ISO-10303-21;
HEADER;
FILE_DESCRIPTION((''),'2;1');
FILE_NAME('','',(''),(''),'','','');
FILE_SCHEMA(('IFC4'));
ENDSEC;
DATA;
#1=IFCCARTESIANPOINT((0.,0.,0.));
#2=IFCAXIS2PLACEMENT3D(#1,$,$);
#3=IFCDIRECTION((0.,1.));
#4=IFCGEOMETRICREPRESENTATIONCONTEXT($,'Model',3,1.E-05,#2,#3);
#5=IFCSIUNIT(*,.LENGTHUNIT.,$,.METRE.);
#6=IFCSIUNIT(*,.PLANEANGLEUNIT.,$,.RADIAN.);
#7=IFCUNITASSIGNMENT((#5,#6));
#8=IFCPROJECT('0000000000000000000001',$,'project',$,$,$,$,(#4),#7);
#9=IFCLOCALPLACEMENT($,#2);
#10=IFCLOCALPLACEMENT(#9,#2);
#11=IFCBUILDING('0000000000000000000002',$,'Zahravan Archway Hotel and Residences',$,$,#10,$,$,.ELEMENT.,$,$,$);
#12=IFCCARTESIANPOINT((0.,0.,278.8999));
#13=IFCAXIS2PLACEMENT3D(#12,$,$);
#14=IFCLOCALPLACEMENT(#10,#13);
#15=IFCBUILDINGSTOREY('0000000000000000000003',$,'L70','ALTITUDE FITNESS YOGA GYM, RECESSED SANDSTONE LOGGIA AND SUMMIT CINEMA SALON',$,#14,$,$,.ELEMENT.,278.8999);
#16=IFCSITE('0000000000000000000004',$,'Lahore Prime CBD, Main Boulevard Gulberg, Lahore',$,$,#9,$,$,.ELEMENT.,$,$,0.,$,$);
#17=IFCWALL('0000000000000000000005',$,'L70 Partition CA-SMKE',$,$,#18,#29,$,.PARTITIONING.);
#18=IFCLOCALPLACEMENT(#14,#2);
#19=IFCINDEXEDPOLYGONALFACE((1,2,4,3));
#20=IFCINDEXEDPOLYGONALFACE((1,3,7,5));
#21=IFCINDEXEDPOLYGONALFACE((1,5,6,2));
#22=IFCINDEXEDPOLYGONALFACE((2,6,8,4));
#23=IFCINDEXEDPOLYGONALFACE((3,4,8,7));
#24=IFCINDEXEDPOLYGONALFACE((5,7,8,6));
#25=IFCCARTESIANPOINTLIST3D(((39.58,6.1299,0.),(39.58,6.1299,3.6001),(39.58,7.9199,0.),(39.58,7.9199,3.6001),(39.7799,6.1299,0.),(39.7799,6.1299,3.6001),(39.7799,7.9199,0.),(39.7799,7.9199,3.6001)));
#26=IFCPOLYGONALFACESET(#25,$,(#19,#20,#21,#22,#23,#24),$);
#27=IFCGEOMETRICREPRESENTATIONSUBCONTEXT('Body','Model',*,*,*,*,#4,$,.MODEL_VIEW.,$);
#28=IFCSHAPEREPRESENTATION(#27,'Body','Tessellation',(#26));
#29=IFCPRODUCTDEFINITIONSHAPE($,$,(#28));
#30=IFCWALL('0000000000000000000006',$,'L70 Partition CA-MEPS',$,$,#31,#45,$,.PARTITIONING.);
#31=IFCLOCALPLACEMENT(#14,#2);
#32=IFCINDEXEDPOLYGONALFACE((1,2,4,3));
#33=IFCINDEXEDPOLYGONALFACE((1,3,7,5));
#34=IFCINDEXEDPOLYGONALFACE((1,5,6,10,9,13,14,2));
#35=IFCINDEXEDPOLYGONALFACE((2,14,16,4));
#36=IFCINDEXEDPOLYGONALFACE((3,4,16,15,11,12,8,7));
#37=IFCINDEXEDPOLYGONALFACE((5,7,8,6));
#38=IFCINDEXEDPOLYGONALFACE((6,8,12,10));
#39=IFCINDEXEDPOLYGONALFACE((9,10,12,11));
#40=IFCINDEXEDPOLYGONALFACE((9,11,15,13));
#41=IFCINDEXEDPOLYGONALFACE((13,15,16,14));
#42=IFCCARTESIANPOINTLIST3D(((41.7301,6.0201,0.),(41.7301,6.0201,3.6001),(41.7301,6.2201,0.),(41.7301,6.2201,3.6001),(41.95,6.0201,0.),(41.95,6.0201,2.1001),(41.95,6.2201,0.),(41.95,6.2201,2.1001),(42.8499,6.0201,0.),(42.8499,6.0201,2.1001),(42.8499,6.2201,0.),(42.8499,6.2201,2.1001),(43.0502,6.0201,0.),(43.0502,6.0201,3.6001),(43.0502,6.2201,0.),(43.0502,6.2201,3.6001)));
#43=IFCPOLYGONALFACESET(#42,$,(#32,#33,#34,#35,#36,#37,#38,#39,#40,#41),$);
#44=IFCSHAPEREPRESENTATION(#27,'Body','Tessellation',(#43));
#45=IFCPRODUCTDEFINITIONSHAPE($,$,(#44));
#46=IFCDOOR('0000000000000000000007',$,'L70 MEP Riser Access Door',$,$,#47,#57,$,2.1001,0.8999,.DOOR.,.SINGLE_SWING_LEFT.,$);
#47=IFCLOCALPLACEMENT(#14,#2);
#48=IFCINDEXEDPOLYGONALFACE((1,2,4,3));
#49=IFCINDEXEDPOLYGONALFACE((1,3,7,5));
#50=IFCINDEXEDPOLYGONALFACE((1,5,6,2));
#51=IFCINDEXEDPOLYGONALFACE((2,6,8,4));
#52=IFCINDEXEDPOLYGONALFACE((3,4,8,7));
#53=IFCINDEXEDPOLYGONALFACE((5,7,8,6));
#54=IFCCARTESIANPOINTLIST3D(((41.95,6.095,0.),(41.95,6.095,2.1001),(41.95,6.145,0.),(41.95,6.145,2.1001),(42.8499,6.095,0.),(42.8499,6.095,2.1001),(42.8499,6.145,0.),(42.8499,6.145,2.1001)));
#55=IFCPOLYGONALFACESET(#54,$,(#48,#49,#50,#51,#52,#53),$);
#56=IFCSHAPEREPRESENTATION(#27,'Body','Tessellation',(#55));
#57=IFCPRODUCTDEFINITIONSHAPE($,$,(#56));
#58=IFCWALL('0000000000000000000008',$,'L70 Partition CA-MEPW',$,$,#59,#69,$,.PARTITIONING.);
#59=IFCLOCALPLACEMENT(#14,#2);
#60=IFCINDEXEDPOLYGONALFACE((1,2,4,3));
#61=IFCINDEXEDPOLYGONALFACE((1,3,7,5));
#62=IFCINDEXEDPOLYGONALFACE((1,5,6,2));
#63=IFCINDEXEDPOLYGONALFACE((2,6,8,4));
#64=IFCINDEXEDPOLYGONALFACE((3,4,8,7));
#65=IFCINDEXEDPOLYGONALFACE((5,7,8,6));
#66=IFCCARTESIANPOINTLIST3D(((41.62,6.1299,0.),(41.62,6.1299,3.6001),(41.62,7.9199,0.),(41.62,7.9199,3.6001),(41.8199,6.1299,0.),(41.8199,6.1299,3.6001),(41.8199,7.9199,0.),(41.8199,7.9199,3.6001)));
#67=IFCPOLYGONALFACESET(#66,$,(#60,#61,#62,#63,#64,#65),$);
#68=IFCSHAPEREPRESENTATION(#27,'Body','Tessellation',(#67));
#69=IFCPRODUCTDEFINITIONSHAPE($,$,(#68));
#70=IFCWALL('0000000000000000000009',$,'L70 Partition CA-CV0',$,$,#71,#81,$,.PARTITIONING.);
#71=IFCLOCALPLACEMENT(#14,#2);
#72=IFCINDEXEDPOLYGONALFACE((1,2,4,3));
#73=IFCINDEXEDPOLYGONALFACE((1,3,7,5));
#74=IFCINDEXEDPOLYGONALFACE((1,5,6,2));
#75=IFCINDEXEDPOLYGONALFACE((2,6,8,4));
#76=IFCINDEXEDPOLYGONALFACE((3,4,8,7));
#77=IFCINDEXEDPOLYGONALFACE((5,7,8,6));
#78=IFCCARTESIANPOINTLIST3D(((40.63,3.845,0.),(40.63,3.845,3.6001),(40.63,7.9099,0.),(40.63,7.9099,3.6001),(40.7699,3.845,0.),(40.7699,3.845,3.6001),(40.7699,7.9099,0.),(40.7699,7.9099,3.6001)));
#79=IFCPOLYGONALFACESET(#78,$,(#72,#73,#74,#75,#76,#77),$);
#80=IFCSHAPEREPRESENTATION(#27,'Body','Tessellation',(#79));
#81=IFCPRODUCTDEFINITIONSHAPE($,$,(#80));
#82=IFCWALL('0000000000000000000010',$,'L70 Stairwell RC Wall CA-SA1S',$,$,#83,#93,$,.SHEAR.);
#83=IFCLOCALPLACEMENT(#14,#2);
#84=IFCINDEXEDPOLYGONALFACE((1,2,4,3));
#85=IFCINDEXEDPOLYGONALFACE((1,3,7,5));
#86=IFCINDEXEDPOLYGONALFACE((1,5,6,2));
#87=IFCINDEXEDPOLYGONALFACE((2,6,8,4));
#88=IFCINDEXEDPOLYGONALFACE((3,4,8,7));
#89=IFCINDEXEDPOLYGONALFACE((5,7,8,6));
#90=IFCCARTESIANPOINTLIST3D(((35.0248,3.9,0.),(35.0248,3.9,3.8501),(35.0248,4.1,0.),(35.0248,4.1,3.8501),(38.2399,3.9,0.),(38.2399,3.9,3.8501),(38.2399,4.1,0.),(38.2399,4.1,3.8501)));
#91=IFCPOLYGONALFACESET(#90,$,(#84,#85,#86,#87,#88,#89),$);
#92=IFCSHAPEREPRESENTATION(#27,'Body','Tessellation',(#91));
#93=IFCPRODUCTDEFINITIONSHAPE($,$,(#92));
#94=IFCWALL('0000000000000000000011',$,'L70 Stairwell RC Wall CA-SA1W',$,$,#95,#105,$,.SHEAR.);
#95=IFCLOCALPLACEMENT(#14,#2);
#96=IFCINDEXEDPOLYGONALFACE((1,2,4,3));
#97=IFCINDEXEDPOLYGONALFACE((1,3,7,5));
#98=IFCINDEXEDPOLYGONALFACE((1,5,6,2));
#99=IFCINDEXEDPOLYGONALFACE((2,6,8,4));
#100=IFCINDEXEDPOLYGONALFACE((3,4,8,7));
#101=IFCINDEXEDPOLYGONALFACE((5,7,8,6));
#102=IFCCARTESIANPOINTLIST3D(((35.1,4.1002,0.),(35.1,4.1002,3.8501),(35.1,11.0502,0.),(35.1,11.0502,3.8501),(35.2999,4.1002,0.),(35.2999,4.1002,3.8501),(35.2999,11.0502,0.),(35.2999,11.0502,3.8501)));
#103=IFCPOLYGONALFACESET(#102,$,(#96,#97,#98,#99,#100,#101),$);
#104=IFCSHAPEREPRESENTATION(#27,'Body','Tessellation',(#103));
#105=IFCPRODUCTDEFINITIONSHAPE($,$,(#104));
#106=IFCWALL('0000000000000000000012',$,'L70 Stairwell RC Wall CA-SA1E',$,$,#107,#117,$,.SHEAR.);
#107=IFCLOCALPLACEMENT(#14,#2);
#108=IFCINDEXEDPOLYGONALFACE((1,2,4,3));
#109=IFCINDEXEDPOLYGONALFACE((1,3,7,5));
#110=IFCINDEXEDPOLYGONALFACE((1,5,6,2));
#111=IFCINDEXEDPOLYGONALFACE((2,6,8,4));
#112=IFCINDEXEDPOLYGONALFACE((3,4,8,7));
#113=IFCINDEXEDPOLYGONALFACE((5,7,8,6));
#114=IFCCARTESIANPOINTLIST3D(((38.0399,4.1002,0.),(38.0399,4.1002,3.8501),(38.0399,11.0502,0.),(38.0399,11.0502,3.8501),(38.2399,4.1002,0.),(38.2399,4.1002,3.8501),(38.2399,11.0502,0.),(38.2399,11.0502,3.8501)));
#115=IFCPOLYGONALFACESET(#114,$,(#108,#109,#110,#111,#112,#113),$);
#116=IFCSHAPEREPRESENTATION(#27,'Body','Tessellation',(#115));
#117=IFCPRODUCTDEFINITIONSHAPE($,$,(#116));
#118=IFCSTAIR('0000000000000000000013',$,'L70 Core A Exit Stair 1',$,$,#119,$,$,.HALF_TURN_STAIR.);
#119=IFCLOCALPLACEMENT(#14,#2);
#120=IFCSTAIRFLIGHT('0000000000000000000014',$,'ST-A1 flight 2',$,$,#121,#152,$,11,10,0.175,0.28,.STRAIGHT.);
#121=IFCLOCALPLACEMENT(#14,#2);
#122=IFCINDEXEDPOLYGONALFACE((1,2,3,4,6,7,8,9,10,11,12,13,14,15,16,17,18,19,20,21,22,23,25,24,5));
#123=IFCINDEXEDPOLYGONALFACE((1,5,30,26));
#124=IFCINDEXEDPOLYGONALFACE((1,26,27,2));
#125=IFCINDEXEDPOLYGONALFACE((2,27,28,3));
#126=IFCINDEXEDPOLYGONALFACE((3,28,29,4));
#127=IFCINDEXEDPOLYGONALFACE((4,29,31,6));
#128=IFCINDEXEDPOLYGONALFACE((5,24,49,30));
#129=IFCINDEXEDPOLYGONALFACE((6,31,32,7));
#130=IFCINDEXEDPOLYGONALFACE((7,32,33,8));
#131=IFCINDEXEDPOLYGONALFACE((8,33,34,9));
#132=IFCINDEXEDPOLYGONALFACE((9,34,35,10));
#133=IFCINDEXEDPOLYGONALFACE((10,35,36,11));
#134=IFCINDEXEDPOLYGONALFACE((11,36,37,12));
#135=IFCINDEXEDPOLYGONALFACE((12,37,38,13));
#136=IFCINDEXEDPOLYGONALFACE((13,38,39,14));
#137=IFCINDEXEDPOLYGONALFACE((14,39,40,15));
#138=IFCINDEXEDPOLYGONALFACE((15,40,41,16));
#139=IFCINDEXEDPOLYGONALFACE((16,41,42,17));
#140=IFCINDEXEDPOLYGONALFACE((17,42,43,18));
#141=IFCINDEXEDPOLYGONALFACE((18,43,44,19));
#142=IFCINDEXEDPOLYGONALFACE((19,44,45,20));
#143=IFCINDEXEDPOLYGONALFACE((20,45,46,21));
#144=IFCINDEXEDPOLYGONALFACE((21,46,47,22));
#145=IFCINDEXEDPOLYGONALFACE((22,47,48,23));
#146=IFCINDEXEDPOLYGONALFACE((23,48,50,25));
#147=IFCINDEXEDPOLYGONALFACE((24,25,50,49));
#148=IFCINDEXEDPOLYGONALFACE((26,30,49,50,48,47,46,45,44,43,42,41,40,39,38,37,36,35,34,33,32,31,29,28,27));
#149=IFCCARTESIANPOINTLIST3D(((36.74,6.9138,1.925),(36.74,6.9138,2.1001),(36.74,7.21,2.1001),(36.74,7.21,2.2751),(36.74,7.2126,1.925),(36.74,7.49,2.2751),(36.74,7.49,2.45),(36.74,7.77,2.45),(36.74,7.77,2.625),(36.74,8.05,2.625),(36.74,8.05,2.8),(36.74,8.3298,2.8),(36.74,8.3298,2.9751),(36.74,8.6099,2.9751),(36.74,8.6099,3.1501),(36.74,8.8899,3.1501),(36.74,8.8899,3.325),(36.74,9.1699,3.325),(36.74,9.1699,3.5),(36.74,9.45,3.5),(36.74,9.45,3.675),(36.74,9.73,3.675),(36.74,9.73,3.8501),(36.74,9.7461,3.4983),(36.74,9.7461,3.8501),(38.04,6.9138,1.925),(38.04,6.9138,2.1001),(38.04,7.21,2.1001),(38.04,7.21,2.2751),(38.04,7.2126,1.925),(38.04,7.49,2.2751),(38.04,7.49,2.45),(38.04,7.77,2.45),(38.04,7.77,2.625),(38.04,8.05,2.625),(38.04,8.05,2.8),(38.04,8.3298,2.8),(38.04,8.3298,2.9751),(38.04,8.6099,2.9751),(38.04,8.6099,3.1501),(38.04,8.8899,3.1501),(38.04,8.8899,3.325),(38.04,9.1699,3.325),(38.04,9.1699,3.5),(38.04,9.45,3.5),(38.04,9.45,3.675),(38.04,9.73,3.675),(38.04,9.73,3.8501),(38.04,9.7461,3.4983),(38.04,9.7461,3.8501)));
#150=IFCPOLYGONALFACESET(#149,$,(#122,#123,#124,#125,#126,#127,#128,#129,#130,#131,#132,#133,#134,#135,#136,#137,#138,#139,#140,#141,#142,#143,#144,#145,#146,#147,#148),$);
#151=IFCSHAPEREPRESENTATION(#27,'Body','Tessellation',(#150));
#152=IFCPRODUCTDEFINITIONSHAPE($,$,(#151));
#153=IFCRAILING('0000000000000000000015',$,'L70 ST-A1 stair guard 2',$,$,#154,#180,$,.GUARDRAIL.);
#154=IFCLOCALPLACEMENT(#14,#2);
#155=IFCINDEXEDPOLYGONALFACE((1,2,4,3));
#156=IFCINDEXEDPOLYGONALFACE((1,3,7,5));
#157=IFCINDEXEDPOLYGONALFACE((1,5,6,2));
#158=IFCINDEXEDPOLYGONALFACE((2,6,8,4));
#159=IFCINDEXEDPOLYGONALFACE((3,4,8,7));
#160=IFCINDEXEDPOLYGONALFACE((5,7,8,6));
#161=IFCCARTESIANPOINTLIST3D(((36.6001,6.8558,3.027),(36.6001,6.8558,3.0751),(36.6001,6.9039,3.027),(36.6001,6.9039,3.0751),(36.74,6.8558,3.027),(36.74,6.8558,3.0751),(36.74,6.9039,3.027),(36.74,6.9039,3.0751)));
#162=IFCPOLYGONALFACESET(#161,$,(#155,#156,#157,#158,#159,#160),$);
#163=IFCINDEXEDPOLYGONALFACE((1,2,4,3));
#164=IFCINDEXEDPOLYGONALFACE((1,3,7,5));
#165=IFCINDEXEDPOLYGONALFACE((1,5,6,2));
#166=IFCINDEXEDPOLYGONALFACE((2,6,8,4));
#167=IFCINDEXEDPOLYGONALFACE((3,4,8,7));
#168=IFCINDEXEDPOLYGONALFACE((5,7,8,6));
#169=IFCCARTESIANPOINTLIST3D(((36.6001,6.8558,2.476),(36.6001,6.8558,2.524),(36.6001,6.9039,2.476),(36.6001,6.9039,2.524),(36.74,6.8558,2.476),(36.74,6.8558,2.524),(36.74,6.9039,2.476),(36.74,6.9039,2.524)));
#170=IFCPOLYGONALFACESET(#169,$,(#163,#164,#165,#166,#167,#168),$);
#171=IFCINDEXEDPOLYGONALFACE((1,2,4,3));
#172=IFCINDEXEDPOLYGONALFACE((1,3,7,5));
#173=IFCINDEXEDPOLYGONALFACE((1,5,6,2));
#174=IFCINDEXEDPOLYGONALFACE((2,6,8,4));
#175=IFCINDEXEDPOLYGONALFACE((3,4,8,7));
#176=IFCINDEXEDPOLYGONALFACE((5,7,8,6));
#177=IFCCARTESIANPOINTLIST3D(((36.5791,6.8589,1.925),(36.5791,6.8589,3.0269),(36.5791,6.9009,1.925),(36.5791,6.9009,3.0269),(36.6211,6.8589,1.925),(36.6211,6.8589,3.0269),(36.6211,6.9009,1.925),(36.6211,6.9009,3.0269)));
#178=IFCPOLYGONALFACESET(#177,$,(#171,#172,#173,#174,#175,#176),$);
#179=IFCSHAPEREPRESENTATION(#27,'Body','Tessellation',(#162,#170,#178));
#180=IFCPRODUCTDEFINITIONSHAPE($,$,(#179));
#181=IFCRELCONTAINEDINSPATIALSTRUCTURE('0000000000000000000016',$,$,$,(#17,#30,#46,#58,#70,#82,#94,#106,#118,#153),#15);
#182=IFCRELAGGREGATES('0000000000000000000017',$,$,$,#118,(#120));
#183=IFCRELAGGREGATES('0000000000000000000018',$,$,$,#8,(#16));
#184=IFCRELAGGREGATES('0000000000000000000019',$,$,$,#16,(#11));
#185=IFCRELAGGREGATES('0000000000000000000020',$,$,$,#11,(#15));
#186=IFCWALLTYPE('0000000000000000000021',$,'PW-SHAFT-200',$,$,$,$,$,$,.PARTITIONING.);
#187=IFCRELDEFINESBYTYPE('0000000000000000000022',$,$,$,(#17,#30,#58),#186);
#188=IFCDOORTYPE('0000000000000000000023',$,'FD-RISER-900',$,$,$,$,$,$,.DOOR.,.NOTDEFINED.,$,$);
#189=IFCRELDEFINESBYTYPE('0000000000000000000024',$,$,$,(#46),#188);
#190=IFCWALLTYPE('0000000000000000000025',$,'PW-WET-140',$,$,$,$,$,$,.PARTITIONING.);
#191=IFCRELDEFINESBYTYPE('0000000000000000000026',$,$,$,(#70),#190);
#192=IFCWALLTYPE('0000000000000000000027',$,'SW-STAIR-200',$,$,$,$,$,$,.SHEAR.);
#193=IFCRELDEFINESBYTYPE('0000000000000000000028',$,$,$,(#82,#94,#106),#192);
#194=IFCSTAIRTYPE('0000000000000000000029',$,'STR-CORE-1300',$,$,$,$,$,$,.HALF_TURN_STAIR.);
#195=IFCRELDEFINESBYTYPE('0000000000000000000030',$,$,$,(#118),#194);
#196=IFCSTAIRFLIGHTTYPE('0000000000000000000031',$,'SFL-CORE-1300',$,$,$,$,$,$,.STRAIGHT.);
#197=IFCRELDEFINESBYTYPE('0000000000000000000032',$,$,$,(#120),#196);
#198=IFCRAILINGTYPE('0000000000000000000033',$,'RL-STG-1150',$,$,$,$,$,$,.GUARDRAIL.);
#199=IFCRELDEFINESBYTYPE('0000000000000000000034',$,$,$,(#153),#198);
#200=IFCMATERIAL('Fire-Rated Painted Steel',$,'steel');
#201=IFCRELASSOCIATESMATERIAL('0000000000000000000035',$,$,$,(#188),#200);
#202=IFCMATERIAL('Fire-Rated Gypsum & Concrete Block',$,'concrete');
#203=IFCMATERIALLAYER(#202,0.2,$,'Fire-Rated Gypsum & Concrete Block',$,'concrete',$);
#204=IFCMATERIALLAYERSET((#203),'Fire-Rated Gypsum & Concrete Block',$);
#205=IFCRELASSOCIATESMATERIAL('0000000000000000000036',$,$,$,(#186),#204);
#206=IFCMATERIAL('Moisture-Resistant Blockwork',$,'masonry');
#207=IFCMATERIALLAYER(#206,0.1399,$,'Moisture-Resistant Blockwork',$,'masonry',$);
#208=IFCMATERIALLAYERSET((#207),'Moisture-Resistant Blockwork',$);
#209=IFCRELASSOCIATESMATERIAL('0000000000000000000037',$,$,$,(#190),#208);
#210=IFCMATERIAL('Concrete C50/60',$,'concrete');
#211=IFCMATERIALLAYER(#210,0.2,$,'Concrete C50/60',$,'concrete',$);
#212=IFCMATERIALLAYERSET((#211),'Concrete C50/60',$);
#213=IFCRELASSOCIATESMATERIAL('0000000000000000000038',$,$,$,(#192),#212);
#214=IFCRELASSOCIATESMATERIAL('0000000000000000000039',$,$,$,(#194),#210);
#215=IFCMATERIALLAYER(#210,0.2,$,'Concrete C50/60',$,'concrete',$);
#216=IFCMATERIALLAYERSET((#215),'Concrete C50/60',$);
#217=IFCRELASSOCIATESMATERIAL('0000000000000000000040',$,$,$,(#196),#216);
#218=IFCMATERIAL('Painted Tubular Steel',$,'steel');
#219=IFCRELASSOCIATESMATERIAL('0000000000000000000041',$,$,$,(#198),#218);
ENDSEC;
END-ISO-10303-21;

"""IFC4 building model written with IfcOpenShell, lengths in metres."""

from ifc_helpers import new_model, si_unit, direction, frame, frame_2d, origin, origin_2d, place, context, subcontext, project, spatial, polyline, rectangle, outline, extrude, source, transform, mapped, material, layer, layer_set, type_object, type_shapes, element, fill, aggregate, save


model = new_model("IFC4")

# Units and contexts
model_context = context("Model", 3, precision=1e-05, world=origin(), true_north=direction((0.0, 1.0)))
body_context = subcontext(model_context, "Body", "Model", "MODEL_VIEW")
ifc_project = project(units=[si_unit("LENGTHUNIT", "METRE"), si_unit("PLANEANGLEUNIT", "RADIAN")], contexts=[model_context])

# Site, building, storey
site_placement = place(None, origin())
site = spatial("IfcSite", under=ifc_project, at=site_placement, Name="Lahore Prime CBD, Main Boulevard Gulberg, Lahore", CompositionType="ELEMENT", RefElevation=0.0)
building_placement = place(site_placement, origin())
building = spatial("IfcBuilding", under=site, at=building_placement, Name="Zahravan Archway Hotel and Residences", CompositionType="ELEMENT")
storey_placement = place(building_placement, frame((0.0, 0.0, 278.8999)))
storey = spatial("IfcBuildingStorey", under=building, at=storey_placement, Name="L70", Description="ALTITUDE FITNESS YOGA GYM, RECESSED SANDSTONE LOGGIA AND SUMMIT CINEMA SALON", CompositionType="ELEMENT", Elevation=278.8999)

# Shared definitions
ifc_material_1 = material(Name="Concrete C50/60", Category="concrete")

# Shared definitions
ifc_material_2 = material(Name="Fire-Rated Painted Steel", Category="steel")
door_type = type_object("IfcDoorType", Name="FD-RISER-900", OperationType="NOTDEFINED", PredefinedType="DOOR", material=ifc_material_2)
shared_shape_1 = source(origin(), body_context, "Body", "SweptSolid", [
    extrude(rectangle(XDim=0.8999, YDim=2.1001, at=frame_2d((0.45, 1.05))), frame((0.0, 0.0249, 0.0), z_axis=(0.0, -1.0, 0.0), x_axis=(1.0, 0.0, 0.0)), (0.0, 0.0, 1.0), 0.05),
])
type_shapes(door_type, [shared_shape_1])

# Shared definitions
ifc_material_3 = material(Name="Fire-Rated Gypsum & Concrete Block", Category="concrete")
ifc_layer_1 = layer(ifc_material_3, 0.2, Name="Fire-Rated Gypsum & Concrete Block", Category="concrete")
ifc_layer_set_1 = layer_set([ifc_layer_1], Name="Fire-Rated Gypsum & Concrete Block")
wall_type_1 = type_object("IfcWallType", Name="PW-SHAFT-200", PredefinedType="PARTITIONING", material=ifc_layer_set_1)

# Wall
wall_1_placement = place(storey_placement, frame((39.6799, 6.1299, 0.0), z_axis=(0.0, 0.0, 1.0), x_axis=(0.0, 1.0, 0.0)))
element("IfcWall", 1, at=wall_1_placement, inside=storey, type_object=wall_type_1, Name="L70 Partition CA-SMKE", PredefinedType="PARTITIONING", context=body_context, shape_type="SweptSolid", body=[
    extrude(rectangle(XDim=1.79, YDim=0.2, at=frame_2d((0.895, 0.0))), origin(), (0.0, 0.0, 1.0), 3.6001),
])

# Wall, opening, door
wall_2_placement = place(storey_placement, frame((41.73, 6.1201, 0.0), z_axis=(0.0, 0.0, 1.0), x_axis=(1.0, 0.0, 0.0)))
wall_2 = element("IfcWall", 2, at=wall_2_placement, inside=storey, type_object=wall_type_1, Name="L70 Partition CA-MEPS", PredefinedType="PARTITIONING", context=body_context, shape_type="SweptSolid", body=[
    extrude(rectangle(XDim=1.3201, YDim=0.2, at=frame_2d((0.6602, 0.0))), origin(), (0.0, 0.0, 1.0), 3.6001),
])
opening_1_placement = place(wall_2_placement, frame((0.22, 0.0, 0.0)))
opening_1 = element("IfcOpeningElement", 3, at=opening_1_placement, cuts=wall_2, PredefinedType="OPENING", context=body_context, shape_type="SweptSolid", body=[
    extrude(rectangle(XDim=0.8999, YDim=2.1001, at=frame_2d((0.45, 1.05))), frame((0.0, 0.1099, 0.0), z_axis=(0.0, -1.0, 0.0), x_axis=(1.0, 0.0, 0.0)), (0.0, 0.0, 1.0), 0.22),
])
door_1_placement = place(opening_1_placement, origin())
door_1 = element("IfcDoor", 4, at=door_1_placement, inside=storey, type_object=door_type, Name="L70 MEP Riser Access Door", OperationType="SINGLE_SWING_LEFT", OverallHeight=2.1001, OverallWidth=0.8999, PredefinedType="DOOR", context=body_context, shape_type="MappedRepresentation", body=[
    mapped(shared_shape_1, transform((0.0, 0.0, 0.0), scale=1.0)),
])
fill(opening_1, door_1)

# Walls
wall_3_placement = place(storey_placement, frame((41.72, 6.1299, 0.0), z_axis=(0.0, 0.0, 1.0), x_axis=(0.0, 1.0, 0.0)))
element("IfcWall", 5, at=wall_3_placement, inside=storey, type_object=wall_type_1, Name="L70 Partition CA-MEPW", PredefinedType="PARTITIONING", context=body_context, shape_type="SweptSolid", body=[
    extrude(rectangle(XDim=1.79, YDim=0.2, at=frame_2d((0.895, 0.0))), origin(), (0.0, 0.0, 1.0), 3.6001),
])
ifc_material_4 = material(Name="Moisture-Resistant Blockwork", Category="masonry")
ifc_layer_2 = layer(ifc_material_4, 0.1399, Name="Moisture-Resistant Blockwork", Category="masonry")
ifc_layer_set_2 = layer_set([ifc_layer_2], Name="Moisture-Resistant Blockwork")
wall_type_2 = type_object("IfcWallType", Name="PW-WET-140", PredefinedType="PARTITIONING", material=ifc_layer_set_2)
wall_4_placement = place(storey_placement, frame((40.7, 3.845, 0.0), z_axis=(0.0, 0.0, 1.0), x_axis=(0.0, 1.0, 0.0)))
element("IfcWall", 6, at=wall_4_placement, inside=storey, type_object=wall_type_2, Name="L70 Partition CA-CV0", PredefinedType="PARTITIONING", context=body_context, shape_type="SweptSolid", body=[
    extrude(rectangle(XDim=4.0649, YDim=0.1399, at=frame_2d((2.0325, 0.0))), origin(), (0.0, 0.0, 1.0), 3.6001),
])
ifc_layer_3 = layer(ifc_material_1, 0.2, Name="Concrete C50/60", Category="concrete")
ifc_layer_set_3 = layer_set([ifc_layer_3], Name="Concrete C50/60")
wall_type_3 = type_object("IfcWallType", Name="SW-STAIR-200", PredefinedType="SHEAR", material=ifc_layer_set_3)
wall_5_placement = place(storey_placement, frame((35.0249, 4.0, 0.0), z_axis=(0.0, 0.0, 1.0), x_axis=(1.0, 0.0, 0.0)))
element("IfcWall", 7, at=wall_5_placement, inside=storey, type_object=wall_type_3, Name="L70 Stairwell RC Wall CA-SA1S", PredefinedType="SHEAR", context=body_context, shape_type="SweptSolid", body=[
    extrude(rectangle(XDim=3.2151, YDim=0.2, at=frame_2d((1.6074, 0.0))), origin(), (0.0, 0.0, 1.0), 3.8501),
])
for number, where, z_axis, x_axis, name in (
    (8, (35.2, 4.1001, 0.0), (0.0, 0.0, 1.0), (0.0, 1.0, 0.0), "L70 Stairwell RC Wall CA-SA1W"),
    (9, (38.1399, 4.1001, 0.0), (0.0, 0.0, 1.0), (0.0, 1.0, 0.0), "L70 Stairwell RC Wall CA-SA1E"),
):
    element("IfcWall", number, at=place(storey_placement, frame(where, z_axis=z_axis, x_axis=x_axis)), inside=storey, type_object=wall_type_3, Name=name, PredefinedType="SHEAR", context=body_context, shape_type="SweptSolid", body=[
        extrude(rectangle(XDim=6.95, YDim=0.2, at=frame_2d((3.4751, 0.0))), origin(), (0.0, 0.0, 1.0), 3.8501),
    ])

# Stair, stair flight
stair_type = type_object("IfcStairType", Name="STR-CORE-1300", PredefinedType="HALF_TURN_STAIR", material=ifc_material_1)
stair_placement = place(storey_placement, origin())
stair = element("IfcStair", 10, at=stair_placement, inside=storey, type_object=stair_type, Name="L70 Core A Exit Stair 1", PredefinedType="HALF_TURN_STAIR")
ifc_layer_4 = layer(ifc_material_1, 0.2, Name="Concrete C50/60", Category="concrete")
ifc_layer_set_4 = layer_set([ifc_layer_4], Name="Concrete C50/60")
stair_flight_type = type_object("IfcStairFlightType", Name="SFL-CORE-1300", PredefinedType="STRAIGHT", material=ifc_layer_set_4)
shared_shape_2 = source(origin(), body_context, "Body", "SweptSolid", [
    extrude(outline(polyline([(-0.0161, 0.0), (-0.0161, 0.175), (0.28, 0.175), (0.28, 0.3501), (0.5601, 0.3501), (0.5601, 0.5249), (0.8401, 0.5249), (0.8401, 0.7), (1.1201, 0.7), (1.1201, 0.875), (1.3999, 0.875), (1.3999, 1.05), (1.6799, 1.05), (1.6799, 1.2251), (1.96, 1.2251), (1.96, 1.3999), (2.24, 1.3999), (2.24, 1.575), (2.52, 1.575), (2.52, 1.75), (2.8, 1.75), (2.8, 1.925), (2.8162, 1.925), (2.8162, 1.5732), (0.2827, 0.0), (-0.0161, 0.0)])), frame((0.0, 0.6499, 0.0), z_axis=(0.0, -1.0, 0.0), x_axis=(1.0, 0.0, 0.0)), (0.0, 0.0, 1.0), 1.3),
])
stair_flight_placement = place(storey_placement, frame((37.3899, 6.9299, 1.925), z_axis=(0.0, 0.0, 1.0), x_axis=(0.0, 1.0, 0.0)))
stair_flight = element("IfcStairFlight", 11, at=stair_flight_placement, type_object=stair_flight_type, Name="ST-A1 flight 2", NumberOfRisers=11, NumberOfTreads=10, PredefinedType="STRAIGHT", RiserHeight=0.175, TreadLength=0.28, context=body_context, shape_type="MappedRepresentation", body=[
    mapped(shared_shape_2, transform((0.0, 0.0, 0.0), scale=1.0)),
])
aggregate(stair, [stair_flight])

# Railing
ifc_material_5 = material(Name="Painted Tubular Steel", Category="steel")
railing_type_1 = type_object("IfcRailingType", Name="RL-STG-1150", PredefinedType="GUARDRAIL", material=ifc_material_5)
railing_1_placement = place(storey_placement, frame((36.6001, 6.8799, 1.925)))
element("IfcRailing", 12, at=railing_1_placement, inside=storey, type_object=railing_type_1, Name="L70 ST-A1 stair guard 2", PredefinedType="GUARDRAIL", context=body_context, shape_type="SweptSolid", body=[
    extrude(rectangle(XDim=0.0481, YDim=0.0481, at=origin_2d()), frame((0.0, 0.0, 1.126), z_axis=(1.0, 0.0, 0.0), x_axis=(0.0, 1.0, 0.0)), (0.0, 0.0, 1.0), 0.1399),
    extrude(rectangle(XDim=0.0481, YDim=0.0481, at=origin_2d()), frame((0.0, 0.0, 0.575), z_axis=(1.0, 0.0, 0.0), x_axis=(0.0, 1.0, 0.0)), (0.0, 0.0, 1.0), 0.1399),
    extrude(rectangle(XDim=0.042, YDim=0.042, at=origin_2d()), origin(), (0.0, 0.0, 1.0), 1.1018),
])

save(model, "model.ifc")
